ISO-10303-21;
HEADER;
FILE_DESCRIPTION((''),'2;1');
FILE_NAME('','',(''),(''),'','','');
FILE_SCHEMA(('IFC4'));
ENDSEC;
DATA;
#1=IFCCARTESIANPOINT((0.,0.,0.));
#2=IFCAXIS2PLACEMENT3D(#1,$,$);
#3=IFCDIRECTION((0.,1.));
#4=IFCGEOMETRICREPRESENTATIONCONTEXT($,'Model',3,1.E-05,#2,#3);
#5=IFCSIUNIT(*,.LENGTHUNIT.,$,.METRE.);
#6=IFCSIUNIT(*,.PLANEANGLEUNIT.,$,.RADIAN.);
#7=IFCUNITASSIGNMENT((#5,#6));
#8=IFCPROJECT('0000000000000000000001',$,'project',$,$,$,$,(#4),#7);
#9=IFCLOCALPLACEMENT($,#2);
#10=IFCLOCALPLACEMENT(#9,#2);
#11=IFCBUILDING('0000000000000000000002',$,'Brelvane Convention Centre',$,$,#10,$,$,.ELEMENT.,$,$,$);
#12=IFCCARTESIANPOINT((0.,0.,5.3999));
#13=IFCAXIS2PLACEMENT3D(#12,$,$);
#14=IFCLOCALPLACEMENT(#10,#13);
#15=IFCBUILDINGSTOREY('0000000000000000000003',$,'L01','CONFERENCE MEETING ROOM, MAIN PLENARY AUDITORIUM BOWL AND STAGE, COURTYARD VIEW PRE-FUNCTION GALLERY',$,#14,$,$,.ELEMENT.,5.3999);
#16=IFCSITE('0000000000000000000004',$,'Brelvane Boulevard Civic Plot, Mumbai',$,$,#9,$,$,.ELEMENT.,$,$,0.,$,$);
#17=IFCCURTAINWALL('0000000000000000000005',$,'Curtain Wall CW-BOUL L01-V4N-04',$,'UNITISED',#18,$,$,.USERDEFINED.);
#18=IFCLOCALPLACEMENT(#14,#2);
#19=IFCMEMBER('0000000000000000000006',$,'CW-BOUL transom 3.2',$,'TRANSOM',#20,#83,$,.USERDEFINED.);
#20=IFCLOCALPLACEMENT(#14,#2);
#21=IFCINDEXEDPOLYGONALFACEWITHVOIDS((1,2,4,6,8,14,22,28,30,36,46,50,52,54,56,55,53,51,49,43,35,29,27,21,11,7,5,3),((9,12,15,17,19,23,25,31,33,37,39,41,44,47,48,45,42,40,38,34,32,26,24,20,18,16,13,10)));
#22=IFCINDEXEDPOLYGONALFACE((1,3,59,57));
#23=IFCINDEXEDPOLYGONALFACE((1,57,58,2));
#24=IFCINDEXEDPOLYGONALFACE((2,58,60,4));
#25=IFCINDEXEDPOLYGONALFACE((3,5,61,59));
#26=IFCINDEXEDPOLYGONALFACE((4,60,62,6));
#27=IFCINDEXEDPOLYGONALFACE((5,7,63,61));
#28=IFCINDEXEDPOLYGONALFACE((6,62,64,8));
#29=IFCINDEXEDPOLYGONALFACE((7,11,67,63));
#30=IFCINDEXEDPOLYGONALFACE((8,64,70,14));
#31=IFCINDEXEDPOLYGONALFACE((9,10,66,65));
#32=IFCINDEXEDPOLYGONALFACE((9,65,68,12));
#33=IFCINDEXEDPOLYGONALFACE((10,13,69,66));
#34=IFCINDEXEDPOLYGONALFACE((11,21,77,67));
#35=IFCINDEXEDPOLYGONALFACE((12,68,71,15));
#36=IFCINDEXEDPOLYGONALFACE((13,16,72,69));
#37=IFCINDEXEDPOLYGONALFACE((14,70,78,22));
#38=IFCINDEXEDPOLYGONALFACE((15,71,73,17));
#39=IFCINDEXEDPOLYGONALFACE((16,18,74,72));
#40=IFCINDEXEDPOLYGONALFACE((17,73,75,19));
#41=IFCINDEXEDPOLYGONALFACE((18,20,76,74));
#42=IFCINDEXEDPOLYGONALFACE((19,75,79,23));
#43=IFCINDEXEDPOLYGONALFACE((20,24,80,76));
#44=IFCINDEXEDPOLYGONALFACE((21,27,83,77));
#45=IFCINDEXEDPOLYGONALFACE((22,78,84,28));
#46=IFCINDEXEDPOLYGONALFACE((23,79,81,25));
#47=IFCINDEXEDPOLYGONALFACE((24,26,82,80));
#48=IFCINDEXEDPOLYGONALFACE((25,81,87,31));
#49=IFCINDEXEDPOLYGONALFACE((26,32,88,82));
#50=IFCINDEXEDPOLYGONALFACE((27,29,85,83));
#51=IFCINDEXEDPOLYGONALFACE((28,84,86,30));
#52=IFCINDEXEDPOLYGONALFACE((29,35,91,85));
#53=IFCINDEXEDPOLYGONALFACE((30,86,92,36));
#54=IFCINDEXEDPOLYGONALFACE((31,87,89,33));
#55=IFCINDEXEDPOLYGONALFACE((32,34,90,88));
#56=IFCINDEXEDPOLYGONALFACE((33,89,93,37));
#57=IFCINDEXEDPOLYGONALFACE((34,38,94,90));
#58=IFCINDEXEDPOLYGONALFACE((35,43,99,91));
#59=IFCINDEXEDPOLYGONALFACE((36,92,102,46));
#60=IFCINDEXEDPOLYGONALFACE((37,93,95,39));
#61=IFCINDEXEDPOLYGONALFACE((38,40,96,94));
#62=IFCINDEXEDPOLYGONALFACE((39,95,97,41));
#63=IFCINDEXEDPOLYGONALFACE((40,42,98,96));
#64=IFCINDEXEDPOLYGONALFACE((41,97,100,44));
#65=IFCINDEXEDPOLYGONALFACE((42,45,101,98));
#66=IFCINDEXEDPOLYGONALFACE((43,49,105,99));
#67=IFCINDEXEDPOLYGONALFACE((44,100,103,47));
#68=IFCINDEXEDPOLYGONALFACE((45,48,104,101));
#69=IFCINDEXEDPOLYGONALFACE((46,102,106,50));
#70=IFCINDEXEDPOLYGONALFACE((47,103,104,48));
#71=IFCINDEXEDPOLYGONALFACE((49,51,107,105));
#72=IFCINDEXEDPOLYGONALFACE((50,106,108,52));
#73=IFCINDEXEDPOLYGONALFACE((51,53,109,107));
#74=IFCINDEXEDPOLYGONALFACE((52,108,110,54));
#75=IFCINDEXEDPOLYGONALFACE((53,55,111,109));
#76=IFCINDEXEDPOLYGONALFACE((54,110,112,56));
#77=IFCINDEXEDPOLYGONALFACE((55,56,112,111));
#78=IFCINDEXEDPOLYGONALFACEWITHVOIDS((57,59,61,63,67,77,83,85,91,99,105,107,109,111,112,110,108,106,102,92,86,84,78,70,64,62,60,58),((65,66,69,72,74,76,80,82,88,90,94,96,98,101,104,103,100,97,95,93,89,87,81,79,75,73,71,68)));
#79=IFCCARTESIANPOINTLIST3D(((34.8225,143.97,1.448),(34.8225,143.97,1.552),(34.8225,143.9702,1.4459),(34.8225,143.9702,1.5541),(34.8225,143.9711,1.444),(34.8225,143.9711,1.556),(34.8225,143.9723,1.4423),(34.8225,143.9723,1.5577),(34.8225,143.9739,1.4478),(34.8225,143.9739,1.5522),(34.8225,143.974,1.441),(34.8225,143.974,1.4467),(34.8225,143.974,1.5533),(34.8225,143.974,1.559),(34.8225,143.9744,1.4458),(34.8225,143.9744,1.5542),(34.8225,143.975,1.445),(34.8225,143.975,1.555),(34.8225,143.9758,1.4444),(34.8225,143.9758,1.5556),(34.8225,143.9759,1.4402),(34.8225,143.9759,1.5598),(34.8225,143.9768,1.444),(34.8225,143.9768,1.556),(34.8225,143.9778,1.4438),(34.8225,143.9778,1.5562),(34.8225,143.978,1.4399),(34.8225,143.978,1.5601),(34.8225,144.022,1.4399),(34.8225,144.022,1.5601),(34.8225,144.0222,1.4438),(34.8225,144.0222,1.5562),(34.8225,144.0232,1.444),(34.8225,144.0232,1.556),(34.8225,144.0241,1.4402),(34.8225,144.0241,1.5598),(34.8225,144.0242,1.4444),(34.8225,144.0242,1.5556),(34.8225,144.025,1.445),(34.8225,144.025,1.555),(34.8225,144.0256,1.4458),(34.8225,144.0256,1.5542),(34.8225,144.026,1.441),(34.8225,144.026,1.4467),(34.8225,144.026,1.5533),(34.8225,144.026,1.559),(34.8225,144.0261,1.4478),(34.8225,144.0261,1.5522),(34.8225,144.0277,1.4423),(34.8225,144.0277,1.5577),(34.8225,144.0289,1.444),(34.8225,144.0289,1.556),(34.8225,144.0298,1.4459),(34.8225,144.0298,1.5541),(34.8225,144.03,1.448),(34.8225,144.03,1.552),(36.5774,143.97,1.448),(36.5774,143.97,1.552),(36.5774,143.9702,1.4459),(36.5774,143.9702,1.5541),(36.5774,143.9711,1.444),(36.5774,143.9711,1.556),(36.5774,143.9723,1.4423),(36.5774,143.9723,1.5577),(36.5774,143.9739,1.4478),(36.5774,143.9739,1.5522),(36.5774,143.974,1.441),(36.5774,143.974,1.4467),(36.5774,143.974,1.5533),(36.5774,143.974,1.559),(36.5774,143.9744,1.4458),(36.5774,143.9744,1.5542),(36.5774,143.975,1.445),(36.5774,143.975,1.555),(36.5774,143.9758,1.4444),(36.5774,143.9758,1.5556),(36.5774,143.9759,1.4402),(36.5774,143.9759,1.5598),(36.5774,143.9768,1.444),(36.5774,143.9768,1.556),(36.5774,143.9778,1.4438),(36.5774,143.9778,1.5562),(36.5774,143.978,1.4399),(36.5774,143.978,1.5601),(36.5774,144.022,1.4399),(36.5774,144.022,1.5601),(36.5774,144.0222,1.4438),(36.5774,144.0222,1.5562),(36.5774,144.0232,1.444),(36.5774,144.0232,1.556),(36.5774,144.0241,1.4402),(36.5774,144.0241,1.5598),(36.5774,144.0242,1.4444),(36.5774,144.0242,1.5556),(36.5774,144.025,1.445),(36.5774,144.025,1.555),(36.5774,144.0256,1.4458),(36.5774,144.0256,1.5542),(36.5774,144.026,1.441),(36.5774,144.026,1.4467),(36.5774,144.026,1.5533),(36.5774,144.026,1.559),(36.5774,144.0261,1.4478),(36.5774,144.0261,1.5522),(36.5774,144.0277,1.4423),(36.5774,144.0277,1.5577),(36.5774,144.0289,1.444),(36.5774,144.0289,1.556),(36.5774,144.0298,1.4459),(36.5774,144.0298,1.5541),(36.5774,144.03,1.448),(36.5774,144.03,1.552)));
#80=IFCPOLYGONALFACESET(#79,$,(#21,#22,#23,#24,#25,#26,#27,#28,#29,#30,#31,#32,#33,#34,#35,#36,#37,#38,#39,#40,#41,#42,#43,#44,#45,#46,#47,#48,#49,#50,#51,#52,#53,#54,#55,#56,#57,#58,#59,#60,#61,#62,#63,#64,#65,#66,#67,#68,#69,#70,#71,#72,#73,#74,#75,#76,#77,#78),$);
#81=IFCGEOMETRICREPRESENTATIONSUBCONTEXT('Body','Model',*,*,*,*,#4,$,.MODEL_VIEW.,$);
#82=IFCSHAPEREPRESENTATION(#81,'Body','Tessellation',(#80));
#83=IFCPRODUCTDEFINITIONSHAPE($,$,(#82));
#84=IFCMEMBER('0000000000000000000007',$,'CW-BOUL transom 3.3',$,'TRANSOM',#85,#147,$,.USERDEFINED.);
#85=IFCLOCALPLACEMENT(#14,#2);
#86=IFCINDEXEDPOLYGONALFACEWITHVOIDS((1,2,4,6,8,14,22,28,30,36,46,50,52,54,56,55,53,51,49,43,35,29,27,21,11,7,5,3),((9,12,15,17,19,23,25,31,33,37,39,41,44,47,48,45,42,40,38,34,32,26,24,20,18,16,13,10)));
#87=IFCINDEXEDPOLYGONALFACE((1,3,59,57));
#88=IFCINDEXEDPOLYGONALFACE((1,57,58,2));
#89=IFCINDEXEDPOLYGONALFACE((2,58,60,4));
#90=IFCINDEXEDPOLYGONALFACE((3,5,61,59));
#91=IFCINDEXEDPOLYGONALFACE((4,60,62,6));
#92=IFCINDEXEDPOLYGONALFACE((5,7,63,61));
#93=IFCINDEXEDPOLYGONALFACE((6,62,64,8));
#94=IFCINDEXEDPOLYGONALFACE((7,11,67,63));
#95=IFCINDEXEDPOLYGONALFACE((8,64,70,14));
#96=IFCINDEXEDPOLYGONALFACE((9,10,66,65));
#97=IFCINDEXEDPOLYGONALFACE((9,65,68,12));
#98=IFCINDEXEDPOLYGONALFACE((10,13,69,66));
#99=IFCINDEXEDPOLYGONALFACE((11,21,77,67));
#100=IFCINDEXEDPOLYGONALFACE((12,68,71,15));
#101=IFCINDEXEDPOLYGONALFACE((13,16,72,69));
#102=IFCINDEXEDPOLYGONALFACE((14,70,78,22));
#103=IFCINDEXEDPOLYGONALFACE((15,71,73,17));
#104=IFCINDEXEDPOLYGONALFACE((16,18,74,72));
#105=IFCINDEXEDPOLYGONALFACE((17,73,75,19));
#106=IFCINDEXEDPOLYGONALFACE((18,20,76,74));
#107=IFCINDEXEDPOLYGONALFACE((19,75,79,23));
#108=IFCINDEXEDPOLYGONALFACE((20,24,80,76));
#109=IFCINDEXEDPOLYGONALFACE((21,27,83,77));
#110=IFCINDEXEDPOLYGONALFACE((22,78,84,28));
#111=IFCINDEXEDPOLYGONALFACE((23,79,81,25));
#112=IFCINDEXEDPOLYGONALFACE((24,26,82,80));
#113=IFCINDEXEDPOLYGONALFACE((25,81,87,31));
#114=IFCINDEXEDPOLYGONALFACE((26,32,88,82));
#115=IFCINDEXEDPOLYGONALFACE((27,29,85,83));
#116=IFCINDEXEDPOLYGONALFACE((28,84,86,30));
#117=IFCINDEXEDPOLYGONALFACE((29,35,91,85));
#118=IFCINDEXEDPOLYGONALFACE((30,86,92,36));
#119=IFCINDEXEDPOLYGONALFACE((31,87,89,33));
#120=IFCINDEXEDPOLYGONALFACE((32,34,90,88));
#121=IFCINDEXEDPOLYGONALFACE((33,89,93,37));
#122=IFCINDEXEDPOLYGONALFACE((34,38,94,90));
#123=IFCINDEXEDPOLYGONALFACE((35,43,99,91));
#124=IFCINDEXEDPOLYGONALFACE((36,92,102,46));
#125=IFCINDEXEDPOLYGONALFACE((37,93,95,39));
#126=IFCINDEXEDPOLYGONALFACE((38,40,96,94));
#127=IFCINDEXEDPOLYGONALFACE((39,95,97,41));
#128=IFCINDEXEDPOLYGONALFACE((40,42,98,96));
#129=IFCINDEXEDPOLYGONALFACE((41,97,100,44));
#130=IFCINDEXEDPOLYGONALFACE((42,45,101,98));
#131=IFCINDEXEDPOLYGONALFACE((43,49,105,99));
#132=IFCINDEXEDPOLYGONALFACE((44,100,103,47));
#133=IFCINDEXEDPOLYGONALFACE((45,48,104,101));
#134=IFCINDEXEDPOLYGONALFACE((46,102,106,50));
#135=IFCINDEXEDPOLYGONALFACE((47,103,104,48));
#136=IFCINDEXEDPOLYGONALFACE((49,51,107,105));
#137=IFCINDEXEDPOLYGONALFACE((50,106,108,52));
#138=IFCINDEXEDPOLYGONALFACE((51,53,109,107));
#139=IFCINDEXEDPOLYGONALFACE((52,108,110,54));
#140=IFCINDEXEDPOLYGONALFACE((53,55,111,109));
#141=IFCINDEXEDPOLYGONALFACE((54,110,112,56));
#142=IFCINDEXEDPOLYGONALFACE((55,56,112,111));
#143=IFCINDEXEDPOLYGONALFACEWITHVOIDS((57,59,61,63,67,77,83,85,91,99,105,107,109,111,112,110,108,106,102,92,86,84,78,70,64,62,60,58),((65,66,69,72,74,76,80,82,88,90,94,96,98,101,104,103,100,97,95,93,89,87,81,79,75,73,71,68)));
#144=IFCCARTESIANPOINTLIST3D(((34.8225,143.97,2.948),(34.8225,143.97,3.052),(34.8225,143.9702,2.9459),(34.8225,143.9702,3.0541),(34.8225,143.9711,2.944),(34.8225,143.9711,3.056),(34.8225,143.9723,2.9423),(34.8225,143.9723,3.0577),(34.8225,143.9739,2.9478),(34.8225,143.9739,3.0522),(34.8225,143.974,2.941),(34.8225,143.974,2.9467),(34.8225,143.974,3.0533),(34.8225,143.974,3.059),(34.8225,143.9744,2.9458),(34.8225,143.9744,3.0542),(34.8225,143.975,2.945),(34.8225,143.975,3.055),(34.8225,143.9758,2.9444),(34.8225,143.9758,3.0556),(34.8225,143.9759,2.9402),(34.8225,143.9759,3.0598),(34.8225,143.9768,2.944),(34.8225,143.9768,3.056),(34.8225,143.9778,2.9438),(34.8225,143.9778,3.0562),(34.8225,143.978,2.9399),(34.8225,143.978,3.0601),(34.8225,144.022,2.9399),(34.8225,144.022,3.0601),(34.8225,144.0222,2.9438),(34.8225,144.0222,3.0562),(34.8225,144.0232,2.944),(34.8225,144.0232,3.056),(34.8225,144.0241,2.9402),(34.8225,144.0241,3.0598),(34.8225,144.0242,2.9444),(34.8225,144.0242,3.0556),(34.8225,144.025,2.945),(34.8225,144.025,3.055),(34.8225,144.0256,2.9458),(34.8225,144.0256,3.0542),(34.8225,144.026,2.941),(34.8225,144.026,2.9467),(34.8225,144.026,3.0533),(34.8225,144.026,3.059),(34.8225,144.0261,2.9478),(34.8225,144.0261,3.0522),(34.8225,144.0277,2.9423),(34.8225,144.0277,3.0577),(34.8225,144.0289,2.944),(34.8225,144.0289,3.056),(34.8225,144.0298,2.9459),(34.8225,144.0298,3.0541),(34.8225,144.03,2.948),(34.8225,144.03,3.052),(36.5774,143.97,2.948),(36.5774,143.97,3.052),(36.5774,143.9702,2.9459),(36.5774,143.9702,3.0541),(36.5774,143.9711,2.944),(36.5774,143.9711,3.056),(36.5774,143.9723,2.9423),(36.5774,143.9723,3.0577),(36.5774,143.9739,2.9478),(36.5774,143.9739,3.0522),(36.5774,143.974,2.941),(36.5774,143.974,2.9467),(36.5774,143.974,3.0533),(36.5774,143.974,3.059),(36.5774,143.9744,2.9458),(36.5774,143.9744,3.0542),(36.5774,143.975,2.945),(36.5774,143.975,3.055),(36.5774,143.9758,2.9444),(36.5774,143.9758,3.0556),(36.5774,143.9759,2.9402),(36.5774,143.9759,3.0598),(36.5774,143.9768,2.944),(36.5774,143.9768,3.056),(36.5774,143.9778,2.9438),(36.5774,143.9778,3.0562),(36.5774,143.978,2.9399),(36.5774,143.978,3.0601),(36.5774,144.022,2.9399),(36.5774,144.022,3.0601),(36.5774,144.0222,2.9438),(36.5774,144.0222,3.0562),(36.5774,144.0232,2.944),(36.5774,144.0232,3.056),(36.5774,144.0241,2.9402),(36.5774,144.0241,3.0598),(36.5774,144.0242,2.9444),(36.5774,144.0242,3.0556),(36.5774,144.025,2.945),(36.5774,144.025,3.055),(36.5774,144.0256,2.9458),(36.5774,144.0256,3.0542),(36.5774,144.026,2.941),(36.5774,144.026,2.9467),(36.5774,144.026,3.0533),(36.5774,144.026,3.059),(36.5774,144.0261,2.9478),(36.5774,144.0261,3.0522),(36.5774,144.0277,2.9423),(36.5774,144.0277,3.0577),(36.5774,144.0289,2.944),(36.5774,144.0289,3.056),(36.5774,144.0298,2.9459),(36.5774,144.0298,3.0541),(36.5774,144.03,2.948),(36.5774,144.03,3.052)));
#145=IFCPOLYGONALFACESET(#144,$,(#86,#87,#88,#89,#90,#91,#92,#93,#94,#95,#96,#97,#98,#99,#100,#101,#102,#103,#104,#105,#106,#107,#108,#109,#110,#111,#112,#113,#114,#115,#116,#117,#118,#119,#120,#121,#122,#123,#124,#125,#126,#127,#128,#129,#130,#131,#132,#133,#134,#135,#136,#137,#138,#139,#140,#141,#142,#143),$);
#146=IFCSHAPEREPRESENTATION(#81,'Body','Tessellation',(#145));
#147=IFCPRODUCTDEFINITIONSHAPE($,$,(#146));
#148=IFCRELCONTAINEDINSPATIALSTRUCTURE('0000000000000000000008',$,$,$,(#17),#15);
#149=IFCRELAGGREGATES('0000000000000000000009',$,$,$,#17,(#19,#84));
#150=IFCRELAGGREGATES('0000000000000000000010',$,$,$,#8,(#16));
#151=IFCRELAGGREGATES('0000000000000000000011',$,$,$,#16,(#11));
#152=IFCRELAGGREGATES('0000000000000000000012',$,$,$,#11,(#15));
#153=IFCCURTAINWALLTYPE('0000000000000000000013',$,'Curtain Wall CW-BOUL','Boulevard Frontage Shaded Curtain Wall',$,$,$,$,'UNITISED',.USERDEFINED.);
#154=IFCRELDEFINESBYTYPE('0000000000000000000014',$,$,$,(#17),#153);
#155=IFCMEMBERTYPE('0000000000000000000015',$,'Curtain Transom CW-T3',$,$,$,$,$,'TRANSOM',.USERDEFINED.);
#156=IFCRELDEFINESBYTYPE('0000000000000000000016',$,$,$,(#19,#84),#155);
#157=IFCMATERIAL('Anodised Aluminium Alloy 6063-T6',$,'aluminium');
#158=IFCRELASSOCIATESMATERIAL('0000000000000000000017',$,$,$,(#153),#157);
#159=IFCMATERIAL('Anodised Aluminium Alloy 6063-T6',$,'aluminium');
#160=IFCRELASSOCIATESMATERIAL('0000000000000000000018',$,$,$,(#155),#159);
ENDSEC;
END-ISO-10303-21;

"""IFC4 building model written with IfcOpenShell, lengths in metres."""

from ifc_helpers import new_model, si_unit, direction, frame, origin, origin_2d, place, context, subcontext, project, spatial, hollow_rectangle, extrude, material, material_profile, profile_set, type_object, element, aggregate, save


model = new_model("IFC4")

# Units and contexts
model_context = context("Model", 3, precision=1e-05, world=origin(), true_north=direction((0.0, 1.0)))
body_context = subcontext(model_context, "Body", "Model", "MODEL_VIEW")
ifc_project = project(units=[si_unit("LENGTHUNIT", "METRE"), si_unit("PLANEANGLEUNIT", "RADIAN")], contexts=[model_context])

# Site, building, storey
site_placement = place(None, origin())
site = spatial("IfcSite", under=ifc_project, at=site_placement, Name="Brelvane Boulevard Civic Plot, Mumbai", CompositionType="ELEMENT", RefElevation=0.0)
building_placement = place(site_placement, origin())
building = spatial("IfcBuilding", under=site, at=building_placement, Name="Brelvane Convention Centre", CompositionType="ELEMENT")
storey_placement = place(building_placement, frame((0.0, 0.0, 5.3999)))
storey = spatial("IfcBuildingStorey", under=building, at=storey_placement, Name="L01", Description="CONFERENCE MEETING ROOM, MAIN PLENARY AUDITORIUM BOWL AND STAGE, COURTYARD VIEW PRE-FUNCTION GALLERY", CompositionType="ELEMENT", Elevation=5.3999)

# Curtain wall, members
ifc_material_1 = material(Name="Anodised Aluminium Alloy 6063-T6", Category="aluminium")
curtain_wall_type = type_object("IfcCurtainWallType", Name="Curtain Wall CW-BOUL", Description="Boulevard Frontage Shaded Curtain Wall", ElementType="UNITISED", PredefinedType="USERDEFINED", material=ifc_material_1)
curtain_wall_placement = place(storey_placement, origin())
curtain_wall = element("IfcCurtainWall", 1, at=curtain_wall_placement, inside=storey, type_object=curtain_wall_type, Name="Curtain Wall CW-BOUL L01-V4N-04", ObjectType="UNITISED", PredefinedType="USERDEFINED")
ifc_material_2 = material(Name="Anodised Aluminium Alloy 6063-T6", Category="aluminium")
ifc_material_profile_1 = material_profile(ifc_material_2, hollow_rectangle(XDim=0.0601, YDim=0.1201, WallThickness=0.0039, InnerFilletRadius=0.0039, OuterFilletRadius=0.0081, at=origin_2d()), Name="ALU-T 120x60x4.0")
ifc_profile_set_1 = profile_set([ifc_material_profile_1], Name="Anodised Aluminium Alloy 6063-T6")
member_type_1 = type_object("IfcMemberType", Name="Curtain Transom CW-T3", ElementType="TRANSOM", PredefinedType="USERDEFINED", material=ifc_profile_set_1)
member_1_placement = place(storey_placement, frame((34.8225, 144.0, 1.5), z_axis=(1.0, 0.0, 0.0), x_axis=(0.0, 1.0, 0.0)))
member_1 = element("IfcMember", 2, at=member_1_placement, type_object=member_type_1, Name="CW-BOUL transom 3.2", ObjectType="TRANSOM", PredefinedType="USERDEFINED", context=body_context, shape_type="SweptSolid", body=[
    extrude(hollow_rectangle(XDim=0.0601, YDim=0.1201, WallThickness=0.0039, InnerFilletRadius=0.0039, OuterFilletRadius=0.0081, at=origin_2d()), origin(), (0.0, 0.0, 1.0), 1.7549),
])
member_2_placement = place(storey_placement, frame((34.8225, 144.0, 3.0), z_axis=(1.0, 0.0, 0.0), x_axis=(0.0, 1.0, 0.0)))
member_2 = element("IfcMember", 3, at=member_2_placement, type_object=member_type_1, Name="CW-BOUL transom 3.3", ObjectType="TRANSOM", PredefinedType="USERDEFINED", context=body_context, shape_type="SweptSolid", body=[
    extrude(hollow_rectangle(XDim=0.0601, YDim=0.1201, WallThickness=0.0039, InnerFilletRadius=0.0039, OuterFilletRadius=0.0081, at=origin_2d()), origin(), (0.0, 0.0, 1.0), 1.7549),
])

aggregate(curtain_wall, [member_1, member_2])

save(model, "model.ifc")
